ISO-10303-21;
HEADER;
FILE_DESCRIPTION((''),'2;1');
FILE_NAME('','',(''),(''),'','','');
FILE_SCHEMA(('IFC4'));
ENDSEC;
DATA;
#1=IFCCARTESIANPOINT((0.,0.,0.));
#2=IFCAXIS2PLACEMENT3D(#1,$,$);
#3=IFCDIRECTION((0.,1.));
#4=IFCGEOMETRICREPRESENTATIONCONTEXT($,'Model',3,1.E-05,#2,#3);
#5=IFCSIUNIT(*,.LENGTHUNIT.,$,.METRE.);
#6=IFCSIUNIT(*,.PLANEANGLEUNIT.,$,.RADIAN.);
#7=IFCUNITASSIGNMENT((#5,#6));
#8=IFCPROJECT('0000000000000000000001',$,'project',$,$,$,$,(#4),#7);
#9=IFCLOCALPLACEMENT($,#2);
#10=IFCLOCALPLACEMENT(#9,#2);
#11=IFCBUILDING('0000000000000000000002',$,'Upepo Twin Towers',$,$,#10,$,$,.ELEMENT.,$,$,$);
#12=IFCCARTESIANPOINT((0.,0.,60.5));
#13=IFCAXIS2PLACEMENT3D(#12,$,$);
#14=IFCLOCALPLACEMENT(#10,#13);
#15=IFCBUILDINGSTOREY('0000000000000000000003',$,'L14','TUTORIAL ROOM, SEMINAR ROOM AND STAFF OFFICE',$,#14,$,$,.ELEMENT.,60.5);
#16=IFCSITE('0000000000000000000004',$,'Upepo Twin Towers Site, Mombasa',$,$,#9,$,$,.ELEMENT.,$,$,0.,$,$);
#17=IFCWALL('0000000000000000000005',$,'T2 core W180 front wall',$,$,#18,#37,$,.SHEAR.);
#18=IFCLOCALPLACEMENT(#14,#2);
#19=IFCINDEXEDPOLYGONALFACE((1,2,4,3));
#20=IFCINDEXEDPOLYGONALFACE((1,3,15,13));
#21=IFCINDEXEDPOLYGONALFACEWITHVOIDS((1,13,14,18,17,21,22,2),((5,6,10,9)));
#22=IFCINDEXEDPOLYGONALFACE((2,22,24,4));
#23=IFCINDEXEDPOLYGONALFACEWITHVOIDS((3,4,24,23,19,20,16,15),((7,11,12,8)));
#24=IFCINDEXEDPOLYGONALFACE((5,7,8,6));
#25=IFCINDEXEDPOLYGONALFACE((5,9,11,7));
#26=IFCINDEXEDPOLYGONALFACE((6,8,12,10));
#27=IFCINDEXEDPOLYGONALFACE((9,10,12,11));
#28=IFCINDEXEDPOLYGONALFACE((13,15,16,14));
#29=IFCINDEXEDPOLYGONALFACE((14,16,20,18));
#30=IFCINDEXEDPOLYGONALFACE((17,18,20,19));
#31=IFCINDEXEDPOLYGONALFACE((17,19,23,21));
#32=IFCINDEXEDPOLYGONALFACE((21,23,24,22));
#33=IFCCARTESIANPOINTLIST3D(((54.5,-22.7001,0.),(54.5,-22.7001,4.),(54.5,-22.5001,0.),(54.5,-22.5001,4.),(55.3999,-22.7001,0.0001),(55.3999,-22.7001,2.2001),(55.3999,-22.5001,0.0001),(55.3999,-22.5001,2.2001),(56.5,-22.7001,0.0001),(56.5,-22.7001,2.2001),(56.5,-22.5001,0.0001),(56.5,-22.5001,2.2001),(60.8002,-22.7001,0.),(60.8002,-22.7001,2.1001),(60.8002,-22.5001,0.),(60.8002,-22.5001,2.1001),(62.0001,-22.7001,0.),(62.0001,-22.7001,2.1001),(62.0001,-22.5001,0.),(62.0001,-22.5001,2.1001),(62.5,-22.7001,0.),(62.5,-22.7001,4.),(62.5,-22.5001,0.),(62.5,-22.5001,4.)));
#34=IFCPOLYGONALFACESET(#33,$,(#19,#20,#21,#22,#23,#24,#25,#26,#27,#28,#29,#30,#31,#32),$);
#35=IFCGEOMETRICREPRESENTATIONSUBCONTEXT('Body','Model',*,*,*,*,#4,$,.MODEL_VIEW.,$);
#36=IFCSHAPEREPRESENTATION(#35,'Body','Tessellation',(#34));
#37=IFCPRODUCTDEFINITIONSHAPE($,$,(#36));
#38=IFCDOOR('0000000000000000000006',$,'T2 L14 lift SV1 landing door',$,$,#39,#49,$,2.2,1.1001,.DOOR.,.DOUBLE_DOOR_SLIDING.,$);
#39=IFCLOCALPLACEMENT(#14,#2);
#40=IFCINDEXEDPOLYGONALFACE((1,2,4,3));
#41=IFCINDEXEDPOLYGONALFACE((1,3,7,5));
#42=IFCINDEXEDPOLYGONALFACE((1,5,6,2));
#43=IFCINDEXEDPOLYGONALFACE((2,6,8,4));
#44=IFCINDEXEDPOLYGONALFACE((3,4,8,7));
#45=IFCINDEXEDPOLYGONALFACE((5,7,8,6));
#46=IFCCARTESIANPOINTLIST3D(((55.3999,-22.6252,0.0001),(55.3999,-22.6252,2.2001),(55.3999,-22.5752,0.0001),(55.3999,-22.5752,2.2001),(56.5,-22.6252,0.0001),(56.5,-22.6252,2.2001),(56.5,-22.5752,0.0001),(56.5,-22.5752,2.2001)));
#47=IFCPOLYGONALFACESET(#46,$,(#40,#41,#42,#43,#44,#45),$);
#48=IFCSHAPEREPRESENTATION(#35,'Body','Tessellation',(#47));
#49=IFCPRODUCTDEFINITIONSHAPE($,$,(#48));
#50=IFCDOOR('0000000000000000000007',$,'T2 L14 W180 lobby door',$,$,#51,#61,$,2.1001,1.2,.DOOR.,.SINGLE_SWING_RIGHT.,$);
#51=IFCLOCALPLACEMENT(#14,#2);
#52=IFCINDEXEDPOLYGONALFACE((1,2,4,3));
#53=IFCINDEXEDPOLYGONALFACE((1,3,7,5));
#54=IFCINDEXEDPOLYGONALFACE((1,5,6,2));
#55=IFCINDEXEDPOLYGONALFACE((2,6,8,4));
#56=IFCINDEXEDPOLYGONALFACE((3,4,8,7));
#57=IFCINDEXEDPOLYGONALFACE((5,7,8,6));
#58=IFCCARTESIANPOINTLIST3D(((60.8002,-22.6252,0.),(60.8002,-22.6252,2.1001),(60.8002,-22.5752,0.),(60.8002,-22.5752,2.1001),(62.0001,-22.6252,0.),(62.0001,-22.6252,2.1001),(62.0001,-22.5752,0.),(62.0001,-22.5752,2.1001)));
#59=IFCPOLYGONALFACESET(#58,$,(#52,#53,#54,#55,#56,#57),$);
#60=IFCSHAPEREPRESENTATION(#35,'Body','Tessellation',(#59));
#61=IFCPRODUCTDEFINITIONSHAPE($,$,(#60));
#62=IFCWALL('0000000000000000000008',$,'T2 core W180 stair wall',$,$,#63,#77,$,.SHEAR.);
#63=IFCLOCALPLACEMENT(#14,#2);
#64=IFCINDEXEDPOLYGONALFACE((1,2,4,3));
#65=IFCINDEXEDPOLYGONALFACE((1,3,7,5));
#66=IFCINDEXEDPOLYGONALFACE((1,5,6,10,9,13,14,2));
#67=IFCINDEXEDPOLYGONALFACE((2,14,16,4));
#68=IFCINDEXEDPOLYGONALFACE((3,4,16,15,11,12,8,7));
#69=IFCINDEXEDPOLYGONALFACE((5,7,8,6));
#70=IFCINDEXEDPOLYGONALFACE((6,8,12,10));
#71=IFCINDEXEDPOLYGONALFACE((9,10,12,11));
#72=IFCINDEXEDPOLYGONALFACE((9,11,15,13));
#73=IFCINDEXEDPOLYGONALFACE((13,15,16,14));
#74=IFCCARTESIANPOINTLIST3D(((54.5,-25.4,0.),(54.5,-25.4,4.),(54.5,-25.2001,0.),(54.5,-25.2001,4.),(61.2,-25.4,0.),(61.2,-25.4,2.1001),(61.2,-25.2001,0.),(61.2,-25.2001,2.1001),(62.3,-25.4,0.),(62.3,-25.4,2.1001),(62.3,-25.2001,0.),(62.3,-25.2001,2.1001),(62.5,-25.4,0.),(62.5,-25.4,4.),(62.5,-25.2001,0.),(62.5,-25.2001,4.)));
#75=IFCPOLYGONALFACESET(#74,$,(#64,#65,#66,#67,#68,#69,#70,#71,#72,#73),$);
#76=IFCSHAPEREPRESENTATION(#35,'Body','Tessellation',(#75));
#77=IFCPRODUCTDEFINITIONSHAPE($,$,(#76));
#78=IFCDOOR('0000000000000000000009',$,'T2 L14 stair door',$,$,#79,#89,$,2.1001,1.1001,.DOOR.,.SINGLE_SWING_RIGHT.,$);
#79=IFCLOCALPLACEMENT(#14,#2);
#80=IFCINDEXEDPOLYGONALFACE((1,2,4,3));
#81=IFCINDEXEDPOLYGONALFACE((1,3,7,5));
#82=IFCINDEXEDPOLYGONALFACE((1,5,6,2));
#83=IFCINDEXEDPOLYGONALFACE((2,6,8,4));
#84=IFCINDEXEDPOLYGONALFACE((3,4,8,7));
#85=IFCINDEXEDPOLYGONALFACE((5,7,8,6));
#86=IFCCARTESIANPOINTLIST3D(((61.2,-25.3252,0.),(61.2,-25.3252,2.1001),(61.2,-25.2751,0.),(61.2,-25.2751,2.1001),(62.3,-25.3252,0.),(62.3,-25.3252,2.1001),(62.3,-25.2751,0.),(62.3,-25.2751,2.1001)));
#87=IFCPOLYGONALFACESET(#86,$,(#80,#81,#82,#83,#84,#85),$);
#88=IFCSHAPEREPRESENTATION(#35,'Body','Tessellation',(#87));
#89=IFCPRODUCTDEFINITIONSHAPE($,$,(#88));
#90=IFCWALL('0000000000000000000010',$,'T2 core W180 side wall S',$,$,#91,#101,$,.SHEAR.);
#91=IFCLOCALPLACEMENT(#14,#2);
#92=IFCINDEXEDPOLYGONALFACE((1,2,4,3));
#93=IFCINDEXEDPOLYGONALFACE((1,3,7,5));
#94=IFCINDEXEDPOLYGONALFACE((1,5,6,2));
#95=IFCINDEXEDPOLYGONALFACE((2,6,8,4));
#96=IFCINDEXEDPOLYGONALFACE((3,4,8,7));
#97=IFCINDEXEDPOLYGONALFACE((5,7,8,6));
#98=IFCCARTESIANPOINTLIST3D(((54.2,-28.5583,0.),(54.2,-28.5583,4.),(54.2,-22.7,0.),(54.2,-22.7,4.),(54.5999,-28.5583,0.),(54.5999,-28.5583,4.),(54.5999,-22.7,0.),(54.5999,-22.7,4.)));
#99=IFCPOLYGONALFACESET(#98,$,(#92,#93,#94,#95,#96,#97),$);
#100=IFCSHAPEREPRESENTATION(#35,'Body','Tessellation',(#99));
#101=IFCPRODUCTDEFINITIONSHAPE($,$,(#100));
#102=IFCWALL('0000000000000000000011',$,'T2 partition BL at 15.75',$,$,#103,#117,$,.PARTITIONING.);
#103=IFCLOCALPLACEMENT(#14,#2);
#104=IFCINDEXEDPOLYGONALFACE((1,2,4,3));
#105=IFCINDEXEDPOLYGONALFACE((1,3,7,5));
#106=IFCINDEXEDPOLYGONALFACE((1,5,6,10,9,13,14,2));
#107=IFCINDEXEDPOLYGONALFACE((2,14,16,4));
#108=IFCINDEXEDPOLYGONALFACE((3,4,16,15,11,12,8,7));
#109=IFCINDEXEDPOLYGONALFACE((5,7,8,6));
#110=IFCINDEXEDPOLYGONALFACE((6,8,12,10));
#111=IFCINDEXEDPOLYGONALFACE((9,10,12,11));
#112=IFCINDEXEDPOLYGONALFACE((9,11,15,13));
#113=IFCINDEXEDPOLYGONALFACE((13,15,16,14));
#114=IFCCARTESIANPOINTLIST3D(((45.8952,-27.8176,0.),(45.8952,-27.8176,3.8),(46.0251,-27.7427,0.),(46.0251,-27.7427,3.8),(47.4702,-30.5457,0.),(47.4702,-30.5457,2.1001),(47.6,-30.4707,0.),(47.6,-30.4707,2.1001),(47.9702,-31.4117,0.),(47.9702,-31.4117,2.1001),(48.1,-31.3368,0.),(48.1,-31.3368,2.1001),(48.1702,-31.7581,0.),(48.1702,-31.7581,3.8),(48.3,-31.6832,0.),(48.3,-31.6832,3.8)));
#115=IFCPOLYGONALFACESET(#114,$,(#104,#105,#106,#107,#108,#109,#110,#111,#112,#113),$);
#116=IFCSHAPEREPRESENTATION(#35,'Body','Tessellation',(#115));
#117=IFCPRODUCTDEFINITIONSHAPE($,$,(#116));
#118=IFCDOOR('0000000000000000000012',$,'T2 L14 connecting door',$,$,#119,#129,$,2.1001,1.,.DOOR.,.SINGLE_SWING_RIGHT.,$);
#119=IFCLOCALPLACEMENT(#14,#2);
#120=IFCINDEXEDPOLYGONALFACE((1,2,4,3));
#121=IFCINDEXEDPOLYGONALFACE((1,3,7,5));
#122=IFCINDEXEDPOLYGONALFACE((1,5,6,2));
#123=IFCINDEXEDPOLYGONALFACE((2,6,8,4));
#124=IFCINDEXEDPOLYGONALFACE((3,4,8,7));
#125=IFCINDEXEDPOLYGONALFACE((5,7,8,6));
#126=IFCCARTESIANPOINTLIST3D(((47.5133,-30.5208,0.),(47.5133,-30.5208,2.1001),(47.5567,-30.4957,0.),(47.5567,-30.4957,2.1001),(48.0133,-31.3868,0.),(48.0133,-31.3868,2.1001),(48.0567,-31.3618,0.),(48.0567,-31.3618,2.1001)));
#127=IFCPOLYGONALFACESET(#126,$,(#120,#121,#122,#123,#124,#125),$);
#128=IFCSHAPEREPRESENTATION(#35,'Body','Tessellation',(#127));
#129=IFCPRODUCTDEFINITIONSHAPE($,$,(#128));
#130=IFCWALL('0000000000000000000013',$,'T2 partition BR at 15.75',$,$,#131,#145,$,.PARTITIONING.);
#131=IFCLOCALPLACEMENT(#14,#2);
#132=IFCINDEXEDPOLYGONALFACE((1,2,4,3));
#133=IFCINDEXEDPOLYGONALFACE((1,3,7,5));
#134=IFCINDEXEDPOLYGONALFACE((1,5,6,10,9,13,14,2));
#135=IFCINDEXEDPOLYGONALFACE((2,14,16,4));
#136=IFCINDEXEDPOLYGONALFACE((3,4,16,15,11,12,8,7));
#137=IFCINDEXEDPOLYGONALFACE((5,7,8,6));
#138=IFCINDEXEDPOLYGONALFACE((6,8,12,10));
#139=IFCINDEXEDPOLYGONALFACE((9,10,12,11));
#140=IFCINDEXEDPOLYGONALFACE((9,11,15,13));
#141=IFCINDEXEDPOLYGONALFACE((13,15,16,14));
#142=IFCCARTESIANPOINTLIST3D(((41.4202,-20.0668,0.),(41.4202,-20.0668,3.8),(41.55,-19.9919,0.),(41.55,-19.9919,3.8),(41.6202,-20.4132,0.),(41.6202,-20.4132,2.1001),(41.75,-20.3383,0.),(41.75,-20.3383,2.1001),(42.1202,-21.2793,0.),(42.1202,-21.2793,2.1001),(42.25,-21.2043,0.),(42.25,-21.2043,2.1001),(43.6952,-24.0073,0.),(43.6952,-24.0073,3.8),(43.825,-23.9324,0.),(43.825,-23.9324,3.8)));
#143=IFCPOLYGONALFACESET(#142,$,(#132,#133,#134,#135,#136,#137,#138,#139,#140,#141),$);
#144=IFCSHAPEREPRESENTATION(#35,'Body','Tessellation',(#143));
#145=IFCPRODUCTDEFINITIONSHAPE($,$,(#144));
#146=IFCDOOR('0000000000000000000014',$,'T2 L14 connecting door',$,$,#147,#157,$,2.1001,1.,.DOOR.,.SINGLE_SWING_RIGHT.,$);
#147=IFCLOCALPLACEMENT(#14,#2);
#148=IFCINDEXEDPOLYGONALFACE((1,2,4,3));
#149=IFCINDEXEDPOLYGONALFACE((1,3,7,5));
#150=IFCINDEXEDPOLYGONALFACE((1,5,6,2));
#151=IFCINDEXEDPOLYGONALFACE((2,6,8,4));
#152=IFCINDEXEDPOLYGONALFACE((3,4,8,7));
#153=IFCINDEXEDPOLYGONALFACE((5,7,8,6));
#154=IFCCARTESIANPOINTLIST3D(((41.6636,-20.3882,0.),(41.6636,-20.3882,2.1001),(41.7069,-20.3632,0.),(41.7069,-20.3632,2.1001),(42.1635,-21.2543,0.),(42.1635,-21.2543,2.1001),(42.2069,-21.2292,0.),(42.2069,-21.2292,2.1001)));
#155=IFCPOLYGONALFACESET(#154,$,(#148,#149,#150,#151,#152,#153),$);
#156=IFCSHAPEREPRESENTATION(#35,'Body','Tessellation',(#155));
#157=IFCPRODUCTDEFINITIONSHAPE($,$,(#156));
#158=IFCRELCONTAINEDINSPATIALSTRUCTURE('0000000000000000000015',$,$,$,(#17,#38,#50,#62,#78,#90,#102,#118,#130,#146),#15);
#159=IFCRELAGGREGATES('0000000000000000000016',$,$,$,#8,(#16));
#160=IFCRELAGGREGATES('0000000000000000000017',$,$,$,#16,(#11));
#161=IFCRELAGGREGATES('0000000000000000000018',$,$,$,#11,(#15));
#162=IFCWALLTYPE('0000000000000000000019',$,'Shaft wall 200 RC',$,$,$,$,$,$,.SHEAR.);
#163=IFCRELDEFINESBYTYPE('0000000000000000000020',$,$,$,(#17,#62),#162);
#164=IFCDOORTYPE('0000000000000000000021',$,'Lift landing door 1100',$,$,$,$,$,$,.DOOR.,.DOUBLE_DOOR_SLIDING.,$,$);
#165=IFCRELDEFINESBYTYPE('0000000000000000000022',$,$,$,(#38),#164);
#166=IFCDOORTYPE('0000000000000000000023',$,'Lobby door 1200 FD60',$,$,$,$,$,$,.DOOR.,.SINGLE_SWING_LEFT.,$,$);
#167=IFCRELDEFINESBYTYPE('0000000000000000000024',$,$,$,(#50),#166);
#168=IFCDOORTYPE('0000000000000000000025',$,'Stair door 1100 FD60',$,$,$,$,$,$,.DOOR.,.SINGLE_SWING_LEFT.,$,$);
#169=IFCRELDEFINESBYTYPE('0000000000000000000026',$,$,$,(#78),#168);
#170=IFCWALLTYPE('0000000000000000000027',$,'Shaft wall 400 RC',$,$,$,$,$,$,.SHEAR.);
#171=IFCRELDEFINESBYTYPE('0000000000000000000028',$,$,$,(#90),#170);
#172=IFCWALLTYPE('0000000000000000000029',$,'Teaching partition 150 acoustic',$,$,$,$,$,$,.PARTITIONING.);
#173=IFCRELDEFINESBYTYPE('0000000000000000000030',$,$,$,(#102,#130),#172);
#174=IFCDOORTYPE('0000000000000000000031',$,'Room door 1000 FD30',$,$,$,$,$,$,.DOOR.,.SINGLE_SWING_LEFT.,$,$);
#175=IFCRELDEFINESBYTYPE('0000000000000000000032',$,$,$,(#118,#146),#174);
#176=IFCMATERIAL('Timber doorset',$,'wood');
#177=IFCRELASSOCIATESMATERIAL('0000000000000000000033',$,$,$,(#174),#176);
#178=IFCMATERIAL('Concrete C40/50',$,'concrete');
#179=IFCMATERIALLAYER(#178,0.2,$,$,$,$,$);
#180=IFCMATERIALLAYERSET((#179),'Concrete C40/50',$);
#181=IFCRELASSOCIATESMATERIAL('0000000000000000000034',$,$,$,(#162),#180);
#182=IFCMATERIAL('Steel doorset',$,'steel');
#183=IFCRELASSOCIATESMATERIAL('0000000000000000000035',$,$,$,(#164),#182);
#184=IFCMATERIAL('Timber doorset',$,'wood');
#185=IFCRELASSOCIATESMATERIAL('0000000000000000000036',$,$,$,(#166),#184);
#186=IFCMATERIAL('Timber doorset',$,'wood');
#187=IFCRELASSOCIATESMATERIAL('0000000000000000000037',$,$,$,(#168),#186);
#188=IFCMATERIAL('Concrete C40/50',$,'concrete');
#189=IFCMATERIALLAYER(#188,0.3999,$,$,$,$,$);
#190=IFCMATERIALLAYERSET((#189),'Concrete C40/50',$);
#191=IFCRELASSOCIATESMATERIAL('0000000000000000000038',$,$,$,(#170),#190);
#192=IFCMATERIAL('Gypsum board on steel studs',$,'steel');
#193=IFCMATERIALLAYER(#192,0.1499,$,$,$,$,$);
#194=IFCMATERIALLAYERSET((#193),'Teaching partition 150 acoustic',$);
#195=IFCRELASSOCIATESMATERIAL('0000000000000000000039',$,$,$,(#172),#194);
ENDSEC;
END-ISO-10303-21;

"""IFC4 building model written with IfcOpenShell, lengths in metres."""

from ifc_helpers import new_model, si_unit, direction, frame, frame_2d, origin, place, context, subcontext, project, spatial, rectangle, extrude, material, layer, layer_set, type_object, element, fill, save


model = new_model("IFC4")

# Units and contexts
model_context = context("Model", 3, precision=1e-05, world=origin(), true_north=direction((0.0, 1.0)))
body_context = subcontext(model_context, "Body", "Model", "MODEL_VIEW")
ifc_project = project(units=[si_unit("LENGTHUNIT", "METRE"), si_unit("PLANEANGLEUNIT", "RADIAN")], contexts=[model_context])

# Site, building, storey
site_placement = place(None, origin())
site = spatial("IfcSite", under=ifc_project, at=site_placement, Name="Upepo Twin Towers Site, Mombasa", CompositionType="ELEMENT", RefElevation=0.0)
building_placement = place(site_placement, origin())
building = spatial("IfcBuilding", under=site, at=building_placement, Name="Upepo Twin Towers", CompositionType="ELEMENT")
storey_placement = place(building_placement, frame((0.0, 0.0, 60.5)))
storey = spatial("IfcBuildingStorey", under=building, at=storey_placement, Name="L14", Description="TUTORIAL ROOM, SEMINAR ROOM AND STAFF OFFICE", CompositionType="ELEMENT", Elevation=60.5)

# Shared definitions
ifc_material_1 = material(Name="Timber doorset", Category="wood")
door_type_1 = type_object("IfcDoorType", Name="Room door 1000 FD30", OperationType="SINGLE_SWING_LEFT", PredefinedType="DOOR", material=ifc_material_1)

# Wall, openings, doors
ifc_material_2 = material(Name="Concrete C40/50", Category="concrete")
ifc_layer_1 = layer(ifc_material_2, 0.2)
ifc_layer_set_1 = layer_set([ifc_layer_1], Name="Concrete C40/50")
wall_type_1 = type_object("IfcWallType", Name="Shaft wall 200 RC", PredefinedType="SHEAR", material=ifc_layer_set_1)
wall_1_placement = place(storey_placement, frame((54.5, -22.6001, 0.0), z_axis=(0.0, 0.0, 1.0), x_axis=(1.0, 0.0, 0.0)))
wall_1 = element("IfcWall", 1, at=wall_1_placement, inside=storey, type_object=wall_type_1, Name="T2 core W180 front wall", PredefinedType="SHEAR", context=body_context, shape_type="SweptSolid", body=[
    extrude(rectangle(XDim=8.0, YDim=0.2, at=frame_2d((4.0, 0.0))), origin(), (0.0, 0.0, 1.0), 4.0),
])
opening_1_placement = place(wall_1_placement, frame((6.3, 0.0, 0.0)))
opening_1 = element("IfcOpeningElement", 2, at=opening_1_placement, cuts=wall_1, PredefinedType="OPENING", context=body_context, shape_type="SweptSolid", body=[
    extrude(rectangle(XDim=1.2, YDim=2.1001, at=frame_2d((0.6001, 1.05))), frame((0.0, 0.1099, 0.0), z_axis=(0.0, -1.0, 0.0), x_axis=(1.0, 0.0, 0.0)), (0.0, 0.0, 1.0), 0.22),
])
opening_2_placement = place(wall_1_placement, frame((0.8999, 0.0, 0.0)))
opening_2 = element("IfcOpeningElement", 3, at=opening_2_placement, cuts=wall_1, PredefinedType="OPENING", context=body_context, shape_type="SweptSolid", body=[
    extrude(rectangle(XDim=1.1001, YDim=2.2, at=frame_2d((0.55, 1.1001))), frame((0.0, 0.1099, 0.0), z_axis=(0.0, -1.0, 0.0), x_axis=(1.0, 0.0, 0.0)), (0.0, 0.0, 1.0), 0.22),
])
ifc_material_3 = material(Name="Steel doorset", Category="steel")
door_type_2 = type_object("IfcDoorType", Name="Lift landing door 1100", OperationType="DOUBLE_DOOR_SLIDING", PredefinedType="DOOR", material=ifc_material_3)
door_1_placement = place(opening_2_placement, origin())
door_1 = element("IfcDoor", 4, at=door_1_placement, inside=storey, type_object=door_type_2, Name="T2 L14 lift SV1 landing door", OperationType="DOUBLE_DOOR_SLIDING", OverallHeight=2.2, OverallWidth=1.1001, PredefinedType="DOOR", context=body_context, shape_type="SweptSolid", body=[
    extrude(rectangle(XDim=1.1001, YDim=2.2, at=frame_2d((0.55, 1.1001))), frame((0.0, 0.0249, 0.0), z_axis=(0.0, -1.0, 0.0), x_axis=(1.0, 0.0, 0.0)), (0.0, 0.0, 1.0), 0.05),
])
fill(opening_2, door_1)
ifc_material_4 = material(Name="Timber doorset", Category="wood")
door_type_3 = type_object("IfcDoorType", Name="Lobby door 1200 FD60", OperationType="SINGLE_SWING_LEFT", PredefinedType="DOOR", material=ifc_material_4)
door_2_placement = place(opening_1_placement, origin())
door_2 = element("IfcDoor", 5, at=door_2_placement, inside=storey, type_object=door_type_3, Name="T2 L14 W180 lobby door", OperationType="SINGLE_SWING_RIGHT", OverallHeight=2.1001, OverallWidth=1.2, PredefinedType="DOOR", context=body_context, shape_type="SweptSolid", body=[
    extrude(rectangle(XDim=1.2, YDim=2.1001, at=frame_2d((0.6001, 1.05))), frame((0.0, 0.0249, 0.0), z_axis=(0.0, -1.0, 0.0), x_axis=(1.0, 0.0, 0.0)), (0.0, 0.0, 1.0), 0.05),
])
fill(opening_1, door_2)

# Wall, opening, door
wall_2_placement = place(storey_placement, frame((54.5, -25.3, 0.0), z_axis=(0.0, 0.0, 1.0), x_axis=(1.0, 0.0, 0.0)))
wall_2 = element("IfcWall", 6, at=wall_2_placement, inside=storey, type_object=wall_type_1, Name="T2 core W180 stair wall", PredefinedType="SHEAR", context=body_context, shape_type="SweptSolid", body=[
    extrude(rectangle(XDim=8.0, YDim=0.2, at=frame_2d((4.0, 0.0))), origin(), (0.0, 0.0, 1.0), 4.0),
])
opening_3_placement = place(wall_2_placement, frame((6.7, 0.0, 0.0)))
opening_3 = element("IfcOpeningElement", 7, at=opening_3_placement, cuts=wall_2, PredefinedType="OPENING", context=body_context, shape_type="SweptSolid", body=[
    extrude(rectangle(XDim=1.1001, YDim=2.1001, at=frame_2d((0.55, 1.05))), frame((0.0, 0.1099, 0.0), z_axis=(0.0, -1.0, 0.0), x_axis=(1.0, 0.0, 0.0)), (0.0, 0.0, 1.0), 0.22),
])
ifc_material_5 = material(Name="Timber doorset", Category="wood")
door_type_4 = type_object("IfcDoorType", Name="Stair door 1100 FD60", OperationType="SINGLE_SWING_LEFT", PredefinedType="DOOR", material=ifc_material_5)
door_3_placement = place(opening_3_placement, origin())
door_3 = element("IfcDoor", 8, at=door_3_placement, inside=storey, type_object=door_type_4, Name="T2 L14 stair door", OperationType="SINGLE_SWING_RIGHT", OverallHeight=2.1001, OverallWidth=1.1001, PredefinedType="DOOR", context=body_context, shape_type="SweptSolid", body=[
    extrude(rectangle(XDim=1.1001, YDim=2.1001, at=frame_2d((0.55, 1.05))), frame((0.0, 0.0249, 0.0), z_axis=(0.0, -1.0, 0.0), x_axis=(1.0, 0.0, 0.0)), (0.0, 0.0, 1.0), 0.05),
])
fill(opening_3, door_3)

# Wall
ifc_material_6 = material(Name="Concrete C40/50", Category="concrete")
ifc_layer_2 = layer(ifc_material_6, 0.3999)
ifc_layer_set_2 = layer_set([ifc_layer_2], Name="Concrete C40/50")
wall_type_2 = type_object("IfcWallType", Name="Shaft wall 400 RC", PredefinedType="SHEAR", material=ifc_layer_set_2)
wall_3_placement = place(storey_placement, frame((54.3999, -22.7, 0.0), z_axis=(0.0, 0.0, 1.0), x_axis=(0.0, -1.0, 0.0)))
element("IfcWall", 9, at=wall_3_placement, inside=storey, type_object=wall_type_2, Name="T2 core W180 side wall S", PredefinedType="SHEAR", context=body_context, shape_type="SweptSolid", body=[
    extrude(rectangle(XDim=5.8584, YDim=0.3999, at=frame_2d((2.9292, 0.0))), origin(), (0.0, 0.0, 1.0), 4.0),
])

# Walls, openings, doors
ifc_material_7 = material(Name="Gypsum board on steel studs", Category="steel")
ifc_layer_3 = layer(ifc_material_7, 0.1499)
ifc_layer_set_3 = layer_set([ifc_layer_3], Name="Teaching partition 150 acoustic")
wall_type_3 = type_object("IfcWallType", Name="Teaching partition 150 acoustic", PredefinedType="PARTITIONING", material=ifc_layer_set_3)
wall_4_placement = place(storey_placement, frame((45.9602, -27.7803, 0.0), z_axis=(0.0, 0.0, 1.0), x_axis=(0.499983, -0.866035, 0.0)))
wall_4 = element("IfcWall", 10, at=wall_4_placement, inside=storey, type_object=wall_type_3, Name="T2 partition BL at 15.75", PredefinedType="PARTITIONING", context=body_context, shape_type="SweptSolid", body=[
    extrude(rectangle(XDim=4.55, YDim=0.1499, at=frame_2d((2.2749, 0.0))), origin(), (0.0, 0.0, 1.0), 3.8),
])
opening_4_placement = place(wall_4_placement, frame((3.1499, 0.0, 0.0)))
opening_4 = element("IfcOpeningElement", 11, at=opening_4_placement, cuts=wall_4, PredefinedType="OPENING", context=body_context, shape_type="SweptSolid", body=[
    extrude(rectangle(XDim=1.0, YDim=2.1001, at=frame_2d((0.5, 1.05))), frame((0.0, 0.085, 0.0), z_axis=(0.0, -1.0, 0.0), x_axis=(1.0, 0.0, 0.0)), (0.0, 0.0, 1.0), 0.1699),
])
door_4_placement = place(opening_4_placement, origin())
door_4 = element("IfcDoor", 12, at=door_4_placement, inside=storey, type_object=door_type_1, Name="T2 L14 connecting door", OperationType="SINGLE_SWING_RIGHT", OverallHeight=2.1001, OverallWidth=1.0, PredefinedType="DOOR", context=body_context, shape_type="SweptSolid", body=[
    extrude(rectangle(XDim=1.0, YDim=2.1001, at=frame_2d((0.5, 1.05))), frame((0.0, 0.0249, 0.0), z_axis=(0.0, -1.0, 0.0), x_axis=(1.0, 0.0, 0.0)), (0.0, 0.0, 1.0), 0.05),
])
fill(opening_4, door_4)
wall_5_placement = place(storey_placement, frame((43.76, -23.9697, 0.0), z_axis=(0.0, 0.0, 1.0), x_axis=(-0.499983, 0.866035, 0.0)))
wall_5 = element("IfcWall", 13, at=wall_5_placement, inside=storey, type_object=wall_type_3, Name="T2 partition BR at 15.75", PredefinedType="PARTITIONING", context=body_context, shape_type="SweptSolid", body=[
    extrude(rectangle(XDim=4.55, YDim=0.1499, at=frame_2d((2.2749, 0.0))), origin(), (0.0, 0.0, 1.0), 3.8),
])
opening_5_placement = place(wall_5_placement, frame((3.1499, 0.0, 0.0)))
opening_5 = element("IfcOpeningElement", 14, at=opening_5_placement, cuts=wall_5, PredefinedType="OPENING", context=body_context, shape_type="SweptSolid", body=[
    extrude(rectangle(XDim=1.0, YDim=2.1001, at=frame_2d((0.5, 1.05))), frame((0.0, 0.085, 0.0), z_axis=(0.0, -1.0, 0.0), x_axis=(1.0, 0.0, 0.0)), (0.0, 0.0, 1.0), 0.1699),
])
door_5_placement = place(opening_5_placement, origin())
door_5 = element("IfcDoor", 15, at=door_5_placement, inside=storey, type_object=door_type_1, Name="T2 L14 connecting door", OperationType="SINGLE_SWING_RIGHT", OverallHeight=2.1001, OverallWidth=1.0, PredefinedType="DOOR", context=body_context, shape_type="SweptSolid", body=[
    extrude(rectangle(XDim=1.0, YDim=2.1001, at=frame_2d((0.5, 1.05))), frame((0.0, 0.0249, 0.0), z_axis=(0.0, -1.0, 0.0), x_axis=(1.0, 0.0, 0.0)), (0.0, 0.0, 1.0), 0.05),
])
fill(opening_5, door_5)

save(model, "model.ifc")
